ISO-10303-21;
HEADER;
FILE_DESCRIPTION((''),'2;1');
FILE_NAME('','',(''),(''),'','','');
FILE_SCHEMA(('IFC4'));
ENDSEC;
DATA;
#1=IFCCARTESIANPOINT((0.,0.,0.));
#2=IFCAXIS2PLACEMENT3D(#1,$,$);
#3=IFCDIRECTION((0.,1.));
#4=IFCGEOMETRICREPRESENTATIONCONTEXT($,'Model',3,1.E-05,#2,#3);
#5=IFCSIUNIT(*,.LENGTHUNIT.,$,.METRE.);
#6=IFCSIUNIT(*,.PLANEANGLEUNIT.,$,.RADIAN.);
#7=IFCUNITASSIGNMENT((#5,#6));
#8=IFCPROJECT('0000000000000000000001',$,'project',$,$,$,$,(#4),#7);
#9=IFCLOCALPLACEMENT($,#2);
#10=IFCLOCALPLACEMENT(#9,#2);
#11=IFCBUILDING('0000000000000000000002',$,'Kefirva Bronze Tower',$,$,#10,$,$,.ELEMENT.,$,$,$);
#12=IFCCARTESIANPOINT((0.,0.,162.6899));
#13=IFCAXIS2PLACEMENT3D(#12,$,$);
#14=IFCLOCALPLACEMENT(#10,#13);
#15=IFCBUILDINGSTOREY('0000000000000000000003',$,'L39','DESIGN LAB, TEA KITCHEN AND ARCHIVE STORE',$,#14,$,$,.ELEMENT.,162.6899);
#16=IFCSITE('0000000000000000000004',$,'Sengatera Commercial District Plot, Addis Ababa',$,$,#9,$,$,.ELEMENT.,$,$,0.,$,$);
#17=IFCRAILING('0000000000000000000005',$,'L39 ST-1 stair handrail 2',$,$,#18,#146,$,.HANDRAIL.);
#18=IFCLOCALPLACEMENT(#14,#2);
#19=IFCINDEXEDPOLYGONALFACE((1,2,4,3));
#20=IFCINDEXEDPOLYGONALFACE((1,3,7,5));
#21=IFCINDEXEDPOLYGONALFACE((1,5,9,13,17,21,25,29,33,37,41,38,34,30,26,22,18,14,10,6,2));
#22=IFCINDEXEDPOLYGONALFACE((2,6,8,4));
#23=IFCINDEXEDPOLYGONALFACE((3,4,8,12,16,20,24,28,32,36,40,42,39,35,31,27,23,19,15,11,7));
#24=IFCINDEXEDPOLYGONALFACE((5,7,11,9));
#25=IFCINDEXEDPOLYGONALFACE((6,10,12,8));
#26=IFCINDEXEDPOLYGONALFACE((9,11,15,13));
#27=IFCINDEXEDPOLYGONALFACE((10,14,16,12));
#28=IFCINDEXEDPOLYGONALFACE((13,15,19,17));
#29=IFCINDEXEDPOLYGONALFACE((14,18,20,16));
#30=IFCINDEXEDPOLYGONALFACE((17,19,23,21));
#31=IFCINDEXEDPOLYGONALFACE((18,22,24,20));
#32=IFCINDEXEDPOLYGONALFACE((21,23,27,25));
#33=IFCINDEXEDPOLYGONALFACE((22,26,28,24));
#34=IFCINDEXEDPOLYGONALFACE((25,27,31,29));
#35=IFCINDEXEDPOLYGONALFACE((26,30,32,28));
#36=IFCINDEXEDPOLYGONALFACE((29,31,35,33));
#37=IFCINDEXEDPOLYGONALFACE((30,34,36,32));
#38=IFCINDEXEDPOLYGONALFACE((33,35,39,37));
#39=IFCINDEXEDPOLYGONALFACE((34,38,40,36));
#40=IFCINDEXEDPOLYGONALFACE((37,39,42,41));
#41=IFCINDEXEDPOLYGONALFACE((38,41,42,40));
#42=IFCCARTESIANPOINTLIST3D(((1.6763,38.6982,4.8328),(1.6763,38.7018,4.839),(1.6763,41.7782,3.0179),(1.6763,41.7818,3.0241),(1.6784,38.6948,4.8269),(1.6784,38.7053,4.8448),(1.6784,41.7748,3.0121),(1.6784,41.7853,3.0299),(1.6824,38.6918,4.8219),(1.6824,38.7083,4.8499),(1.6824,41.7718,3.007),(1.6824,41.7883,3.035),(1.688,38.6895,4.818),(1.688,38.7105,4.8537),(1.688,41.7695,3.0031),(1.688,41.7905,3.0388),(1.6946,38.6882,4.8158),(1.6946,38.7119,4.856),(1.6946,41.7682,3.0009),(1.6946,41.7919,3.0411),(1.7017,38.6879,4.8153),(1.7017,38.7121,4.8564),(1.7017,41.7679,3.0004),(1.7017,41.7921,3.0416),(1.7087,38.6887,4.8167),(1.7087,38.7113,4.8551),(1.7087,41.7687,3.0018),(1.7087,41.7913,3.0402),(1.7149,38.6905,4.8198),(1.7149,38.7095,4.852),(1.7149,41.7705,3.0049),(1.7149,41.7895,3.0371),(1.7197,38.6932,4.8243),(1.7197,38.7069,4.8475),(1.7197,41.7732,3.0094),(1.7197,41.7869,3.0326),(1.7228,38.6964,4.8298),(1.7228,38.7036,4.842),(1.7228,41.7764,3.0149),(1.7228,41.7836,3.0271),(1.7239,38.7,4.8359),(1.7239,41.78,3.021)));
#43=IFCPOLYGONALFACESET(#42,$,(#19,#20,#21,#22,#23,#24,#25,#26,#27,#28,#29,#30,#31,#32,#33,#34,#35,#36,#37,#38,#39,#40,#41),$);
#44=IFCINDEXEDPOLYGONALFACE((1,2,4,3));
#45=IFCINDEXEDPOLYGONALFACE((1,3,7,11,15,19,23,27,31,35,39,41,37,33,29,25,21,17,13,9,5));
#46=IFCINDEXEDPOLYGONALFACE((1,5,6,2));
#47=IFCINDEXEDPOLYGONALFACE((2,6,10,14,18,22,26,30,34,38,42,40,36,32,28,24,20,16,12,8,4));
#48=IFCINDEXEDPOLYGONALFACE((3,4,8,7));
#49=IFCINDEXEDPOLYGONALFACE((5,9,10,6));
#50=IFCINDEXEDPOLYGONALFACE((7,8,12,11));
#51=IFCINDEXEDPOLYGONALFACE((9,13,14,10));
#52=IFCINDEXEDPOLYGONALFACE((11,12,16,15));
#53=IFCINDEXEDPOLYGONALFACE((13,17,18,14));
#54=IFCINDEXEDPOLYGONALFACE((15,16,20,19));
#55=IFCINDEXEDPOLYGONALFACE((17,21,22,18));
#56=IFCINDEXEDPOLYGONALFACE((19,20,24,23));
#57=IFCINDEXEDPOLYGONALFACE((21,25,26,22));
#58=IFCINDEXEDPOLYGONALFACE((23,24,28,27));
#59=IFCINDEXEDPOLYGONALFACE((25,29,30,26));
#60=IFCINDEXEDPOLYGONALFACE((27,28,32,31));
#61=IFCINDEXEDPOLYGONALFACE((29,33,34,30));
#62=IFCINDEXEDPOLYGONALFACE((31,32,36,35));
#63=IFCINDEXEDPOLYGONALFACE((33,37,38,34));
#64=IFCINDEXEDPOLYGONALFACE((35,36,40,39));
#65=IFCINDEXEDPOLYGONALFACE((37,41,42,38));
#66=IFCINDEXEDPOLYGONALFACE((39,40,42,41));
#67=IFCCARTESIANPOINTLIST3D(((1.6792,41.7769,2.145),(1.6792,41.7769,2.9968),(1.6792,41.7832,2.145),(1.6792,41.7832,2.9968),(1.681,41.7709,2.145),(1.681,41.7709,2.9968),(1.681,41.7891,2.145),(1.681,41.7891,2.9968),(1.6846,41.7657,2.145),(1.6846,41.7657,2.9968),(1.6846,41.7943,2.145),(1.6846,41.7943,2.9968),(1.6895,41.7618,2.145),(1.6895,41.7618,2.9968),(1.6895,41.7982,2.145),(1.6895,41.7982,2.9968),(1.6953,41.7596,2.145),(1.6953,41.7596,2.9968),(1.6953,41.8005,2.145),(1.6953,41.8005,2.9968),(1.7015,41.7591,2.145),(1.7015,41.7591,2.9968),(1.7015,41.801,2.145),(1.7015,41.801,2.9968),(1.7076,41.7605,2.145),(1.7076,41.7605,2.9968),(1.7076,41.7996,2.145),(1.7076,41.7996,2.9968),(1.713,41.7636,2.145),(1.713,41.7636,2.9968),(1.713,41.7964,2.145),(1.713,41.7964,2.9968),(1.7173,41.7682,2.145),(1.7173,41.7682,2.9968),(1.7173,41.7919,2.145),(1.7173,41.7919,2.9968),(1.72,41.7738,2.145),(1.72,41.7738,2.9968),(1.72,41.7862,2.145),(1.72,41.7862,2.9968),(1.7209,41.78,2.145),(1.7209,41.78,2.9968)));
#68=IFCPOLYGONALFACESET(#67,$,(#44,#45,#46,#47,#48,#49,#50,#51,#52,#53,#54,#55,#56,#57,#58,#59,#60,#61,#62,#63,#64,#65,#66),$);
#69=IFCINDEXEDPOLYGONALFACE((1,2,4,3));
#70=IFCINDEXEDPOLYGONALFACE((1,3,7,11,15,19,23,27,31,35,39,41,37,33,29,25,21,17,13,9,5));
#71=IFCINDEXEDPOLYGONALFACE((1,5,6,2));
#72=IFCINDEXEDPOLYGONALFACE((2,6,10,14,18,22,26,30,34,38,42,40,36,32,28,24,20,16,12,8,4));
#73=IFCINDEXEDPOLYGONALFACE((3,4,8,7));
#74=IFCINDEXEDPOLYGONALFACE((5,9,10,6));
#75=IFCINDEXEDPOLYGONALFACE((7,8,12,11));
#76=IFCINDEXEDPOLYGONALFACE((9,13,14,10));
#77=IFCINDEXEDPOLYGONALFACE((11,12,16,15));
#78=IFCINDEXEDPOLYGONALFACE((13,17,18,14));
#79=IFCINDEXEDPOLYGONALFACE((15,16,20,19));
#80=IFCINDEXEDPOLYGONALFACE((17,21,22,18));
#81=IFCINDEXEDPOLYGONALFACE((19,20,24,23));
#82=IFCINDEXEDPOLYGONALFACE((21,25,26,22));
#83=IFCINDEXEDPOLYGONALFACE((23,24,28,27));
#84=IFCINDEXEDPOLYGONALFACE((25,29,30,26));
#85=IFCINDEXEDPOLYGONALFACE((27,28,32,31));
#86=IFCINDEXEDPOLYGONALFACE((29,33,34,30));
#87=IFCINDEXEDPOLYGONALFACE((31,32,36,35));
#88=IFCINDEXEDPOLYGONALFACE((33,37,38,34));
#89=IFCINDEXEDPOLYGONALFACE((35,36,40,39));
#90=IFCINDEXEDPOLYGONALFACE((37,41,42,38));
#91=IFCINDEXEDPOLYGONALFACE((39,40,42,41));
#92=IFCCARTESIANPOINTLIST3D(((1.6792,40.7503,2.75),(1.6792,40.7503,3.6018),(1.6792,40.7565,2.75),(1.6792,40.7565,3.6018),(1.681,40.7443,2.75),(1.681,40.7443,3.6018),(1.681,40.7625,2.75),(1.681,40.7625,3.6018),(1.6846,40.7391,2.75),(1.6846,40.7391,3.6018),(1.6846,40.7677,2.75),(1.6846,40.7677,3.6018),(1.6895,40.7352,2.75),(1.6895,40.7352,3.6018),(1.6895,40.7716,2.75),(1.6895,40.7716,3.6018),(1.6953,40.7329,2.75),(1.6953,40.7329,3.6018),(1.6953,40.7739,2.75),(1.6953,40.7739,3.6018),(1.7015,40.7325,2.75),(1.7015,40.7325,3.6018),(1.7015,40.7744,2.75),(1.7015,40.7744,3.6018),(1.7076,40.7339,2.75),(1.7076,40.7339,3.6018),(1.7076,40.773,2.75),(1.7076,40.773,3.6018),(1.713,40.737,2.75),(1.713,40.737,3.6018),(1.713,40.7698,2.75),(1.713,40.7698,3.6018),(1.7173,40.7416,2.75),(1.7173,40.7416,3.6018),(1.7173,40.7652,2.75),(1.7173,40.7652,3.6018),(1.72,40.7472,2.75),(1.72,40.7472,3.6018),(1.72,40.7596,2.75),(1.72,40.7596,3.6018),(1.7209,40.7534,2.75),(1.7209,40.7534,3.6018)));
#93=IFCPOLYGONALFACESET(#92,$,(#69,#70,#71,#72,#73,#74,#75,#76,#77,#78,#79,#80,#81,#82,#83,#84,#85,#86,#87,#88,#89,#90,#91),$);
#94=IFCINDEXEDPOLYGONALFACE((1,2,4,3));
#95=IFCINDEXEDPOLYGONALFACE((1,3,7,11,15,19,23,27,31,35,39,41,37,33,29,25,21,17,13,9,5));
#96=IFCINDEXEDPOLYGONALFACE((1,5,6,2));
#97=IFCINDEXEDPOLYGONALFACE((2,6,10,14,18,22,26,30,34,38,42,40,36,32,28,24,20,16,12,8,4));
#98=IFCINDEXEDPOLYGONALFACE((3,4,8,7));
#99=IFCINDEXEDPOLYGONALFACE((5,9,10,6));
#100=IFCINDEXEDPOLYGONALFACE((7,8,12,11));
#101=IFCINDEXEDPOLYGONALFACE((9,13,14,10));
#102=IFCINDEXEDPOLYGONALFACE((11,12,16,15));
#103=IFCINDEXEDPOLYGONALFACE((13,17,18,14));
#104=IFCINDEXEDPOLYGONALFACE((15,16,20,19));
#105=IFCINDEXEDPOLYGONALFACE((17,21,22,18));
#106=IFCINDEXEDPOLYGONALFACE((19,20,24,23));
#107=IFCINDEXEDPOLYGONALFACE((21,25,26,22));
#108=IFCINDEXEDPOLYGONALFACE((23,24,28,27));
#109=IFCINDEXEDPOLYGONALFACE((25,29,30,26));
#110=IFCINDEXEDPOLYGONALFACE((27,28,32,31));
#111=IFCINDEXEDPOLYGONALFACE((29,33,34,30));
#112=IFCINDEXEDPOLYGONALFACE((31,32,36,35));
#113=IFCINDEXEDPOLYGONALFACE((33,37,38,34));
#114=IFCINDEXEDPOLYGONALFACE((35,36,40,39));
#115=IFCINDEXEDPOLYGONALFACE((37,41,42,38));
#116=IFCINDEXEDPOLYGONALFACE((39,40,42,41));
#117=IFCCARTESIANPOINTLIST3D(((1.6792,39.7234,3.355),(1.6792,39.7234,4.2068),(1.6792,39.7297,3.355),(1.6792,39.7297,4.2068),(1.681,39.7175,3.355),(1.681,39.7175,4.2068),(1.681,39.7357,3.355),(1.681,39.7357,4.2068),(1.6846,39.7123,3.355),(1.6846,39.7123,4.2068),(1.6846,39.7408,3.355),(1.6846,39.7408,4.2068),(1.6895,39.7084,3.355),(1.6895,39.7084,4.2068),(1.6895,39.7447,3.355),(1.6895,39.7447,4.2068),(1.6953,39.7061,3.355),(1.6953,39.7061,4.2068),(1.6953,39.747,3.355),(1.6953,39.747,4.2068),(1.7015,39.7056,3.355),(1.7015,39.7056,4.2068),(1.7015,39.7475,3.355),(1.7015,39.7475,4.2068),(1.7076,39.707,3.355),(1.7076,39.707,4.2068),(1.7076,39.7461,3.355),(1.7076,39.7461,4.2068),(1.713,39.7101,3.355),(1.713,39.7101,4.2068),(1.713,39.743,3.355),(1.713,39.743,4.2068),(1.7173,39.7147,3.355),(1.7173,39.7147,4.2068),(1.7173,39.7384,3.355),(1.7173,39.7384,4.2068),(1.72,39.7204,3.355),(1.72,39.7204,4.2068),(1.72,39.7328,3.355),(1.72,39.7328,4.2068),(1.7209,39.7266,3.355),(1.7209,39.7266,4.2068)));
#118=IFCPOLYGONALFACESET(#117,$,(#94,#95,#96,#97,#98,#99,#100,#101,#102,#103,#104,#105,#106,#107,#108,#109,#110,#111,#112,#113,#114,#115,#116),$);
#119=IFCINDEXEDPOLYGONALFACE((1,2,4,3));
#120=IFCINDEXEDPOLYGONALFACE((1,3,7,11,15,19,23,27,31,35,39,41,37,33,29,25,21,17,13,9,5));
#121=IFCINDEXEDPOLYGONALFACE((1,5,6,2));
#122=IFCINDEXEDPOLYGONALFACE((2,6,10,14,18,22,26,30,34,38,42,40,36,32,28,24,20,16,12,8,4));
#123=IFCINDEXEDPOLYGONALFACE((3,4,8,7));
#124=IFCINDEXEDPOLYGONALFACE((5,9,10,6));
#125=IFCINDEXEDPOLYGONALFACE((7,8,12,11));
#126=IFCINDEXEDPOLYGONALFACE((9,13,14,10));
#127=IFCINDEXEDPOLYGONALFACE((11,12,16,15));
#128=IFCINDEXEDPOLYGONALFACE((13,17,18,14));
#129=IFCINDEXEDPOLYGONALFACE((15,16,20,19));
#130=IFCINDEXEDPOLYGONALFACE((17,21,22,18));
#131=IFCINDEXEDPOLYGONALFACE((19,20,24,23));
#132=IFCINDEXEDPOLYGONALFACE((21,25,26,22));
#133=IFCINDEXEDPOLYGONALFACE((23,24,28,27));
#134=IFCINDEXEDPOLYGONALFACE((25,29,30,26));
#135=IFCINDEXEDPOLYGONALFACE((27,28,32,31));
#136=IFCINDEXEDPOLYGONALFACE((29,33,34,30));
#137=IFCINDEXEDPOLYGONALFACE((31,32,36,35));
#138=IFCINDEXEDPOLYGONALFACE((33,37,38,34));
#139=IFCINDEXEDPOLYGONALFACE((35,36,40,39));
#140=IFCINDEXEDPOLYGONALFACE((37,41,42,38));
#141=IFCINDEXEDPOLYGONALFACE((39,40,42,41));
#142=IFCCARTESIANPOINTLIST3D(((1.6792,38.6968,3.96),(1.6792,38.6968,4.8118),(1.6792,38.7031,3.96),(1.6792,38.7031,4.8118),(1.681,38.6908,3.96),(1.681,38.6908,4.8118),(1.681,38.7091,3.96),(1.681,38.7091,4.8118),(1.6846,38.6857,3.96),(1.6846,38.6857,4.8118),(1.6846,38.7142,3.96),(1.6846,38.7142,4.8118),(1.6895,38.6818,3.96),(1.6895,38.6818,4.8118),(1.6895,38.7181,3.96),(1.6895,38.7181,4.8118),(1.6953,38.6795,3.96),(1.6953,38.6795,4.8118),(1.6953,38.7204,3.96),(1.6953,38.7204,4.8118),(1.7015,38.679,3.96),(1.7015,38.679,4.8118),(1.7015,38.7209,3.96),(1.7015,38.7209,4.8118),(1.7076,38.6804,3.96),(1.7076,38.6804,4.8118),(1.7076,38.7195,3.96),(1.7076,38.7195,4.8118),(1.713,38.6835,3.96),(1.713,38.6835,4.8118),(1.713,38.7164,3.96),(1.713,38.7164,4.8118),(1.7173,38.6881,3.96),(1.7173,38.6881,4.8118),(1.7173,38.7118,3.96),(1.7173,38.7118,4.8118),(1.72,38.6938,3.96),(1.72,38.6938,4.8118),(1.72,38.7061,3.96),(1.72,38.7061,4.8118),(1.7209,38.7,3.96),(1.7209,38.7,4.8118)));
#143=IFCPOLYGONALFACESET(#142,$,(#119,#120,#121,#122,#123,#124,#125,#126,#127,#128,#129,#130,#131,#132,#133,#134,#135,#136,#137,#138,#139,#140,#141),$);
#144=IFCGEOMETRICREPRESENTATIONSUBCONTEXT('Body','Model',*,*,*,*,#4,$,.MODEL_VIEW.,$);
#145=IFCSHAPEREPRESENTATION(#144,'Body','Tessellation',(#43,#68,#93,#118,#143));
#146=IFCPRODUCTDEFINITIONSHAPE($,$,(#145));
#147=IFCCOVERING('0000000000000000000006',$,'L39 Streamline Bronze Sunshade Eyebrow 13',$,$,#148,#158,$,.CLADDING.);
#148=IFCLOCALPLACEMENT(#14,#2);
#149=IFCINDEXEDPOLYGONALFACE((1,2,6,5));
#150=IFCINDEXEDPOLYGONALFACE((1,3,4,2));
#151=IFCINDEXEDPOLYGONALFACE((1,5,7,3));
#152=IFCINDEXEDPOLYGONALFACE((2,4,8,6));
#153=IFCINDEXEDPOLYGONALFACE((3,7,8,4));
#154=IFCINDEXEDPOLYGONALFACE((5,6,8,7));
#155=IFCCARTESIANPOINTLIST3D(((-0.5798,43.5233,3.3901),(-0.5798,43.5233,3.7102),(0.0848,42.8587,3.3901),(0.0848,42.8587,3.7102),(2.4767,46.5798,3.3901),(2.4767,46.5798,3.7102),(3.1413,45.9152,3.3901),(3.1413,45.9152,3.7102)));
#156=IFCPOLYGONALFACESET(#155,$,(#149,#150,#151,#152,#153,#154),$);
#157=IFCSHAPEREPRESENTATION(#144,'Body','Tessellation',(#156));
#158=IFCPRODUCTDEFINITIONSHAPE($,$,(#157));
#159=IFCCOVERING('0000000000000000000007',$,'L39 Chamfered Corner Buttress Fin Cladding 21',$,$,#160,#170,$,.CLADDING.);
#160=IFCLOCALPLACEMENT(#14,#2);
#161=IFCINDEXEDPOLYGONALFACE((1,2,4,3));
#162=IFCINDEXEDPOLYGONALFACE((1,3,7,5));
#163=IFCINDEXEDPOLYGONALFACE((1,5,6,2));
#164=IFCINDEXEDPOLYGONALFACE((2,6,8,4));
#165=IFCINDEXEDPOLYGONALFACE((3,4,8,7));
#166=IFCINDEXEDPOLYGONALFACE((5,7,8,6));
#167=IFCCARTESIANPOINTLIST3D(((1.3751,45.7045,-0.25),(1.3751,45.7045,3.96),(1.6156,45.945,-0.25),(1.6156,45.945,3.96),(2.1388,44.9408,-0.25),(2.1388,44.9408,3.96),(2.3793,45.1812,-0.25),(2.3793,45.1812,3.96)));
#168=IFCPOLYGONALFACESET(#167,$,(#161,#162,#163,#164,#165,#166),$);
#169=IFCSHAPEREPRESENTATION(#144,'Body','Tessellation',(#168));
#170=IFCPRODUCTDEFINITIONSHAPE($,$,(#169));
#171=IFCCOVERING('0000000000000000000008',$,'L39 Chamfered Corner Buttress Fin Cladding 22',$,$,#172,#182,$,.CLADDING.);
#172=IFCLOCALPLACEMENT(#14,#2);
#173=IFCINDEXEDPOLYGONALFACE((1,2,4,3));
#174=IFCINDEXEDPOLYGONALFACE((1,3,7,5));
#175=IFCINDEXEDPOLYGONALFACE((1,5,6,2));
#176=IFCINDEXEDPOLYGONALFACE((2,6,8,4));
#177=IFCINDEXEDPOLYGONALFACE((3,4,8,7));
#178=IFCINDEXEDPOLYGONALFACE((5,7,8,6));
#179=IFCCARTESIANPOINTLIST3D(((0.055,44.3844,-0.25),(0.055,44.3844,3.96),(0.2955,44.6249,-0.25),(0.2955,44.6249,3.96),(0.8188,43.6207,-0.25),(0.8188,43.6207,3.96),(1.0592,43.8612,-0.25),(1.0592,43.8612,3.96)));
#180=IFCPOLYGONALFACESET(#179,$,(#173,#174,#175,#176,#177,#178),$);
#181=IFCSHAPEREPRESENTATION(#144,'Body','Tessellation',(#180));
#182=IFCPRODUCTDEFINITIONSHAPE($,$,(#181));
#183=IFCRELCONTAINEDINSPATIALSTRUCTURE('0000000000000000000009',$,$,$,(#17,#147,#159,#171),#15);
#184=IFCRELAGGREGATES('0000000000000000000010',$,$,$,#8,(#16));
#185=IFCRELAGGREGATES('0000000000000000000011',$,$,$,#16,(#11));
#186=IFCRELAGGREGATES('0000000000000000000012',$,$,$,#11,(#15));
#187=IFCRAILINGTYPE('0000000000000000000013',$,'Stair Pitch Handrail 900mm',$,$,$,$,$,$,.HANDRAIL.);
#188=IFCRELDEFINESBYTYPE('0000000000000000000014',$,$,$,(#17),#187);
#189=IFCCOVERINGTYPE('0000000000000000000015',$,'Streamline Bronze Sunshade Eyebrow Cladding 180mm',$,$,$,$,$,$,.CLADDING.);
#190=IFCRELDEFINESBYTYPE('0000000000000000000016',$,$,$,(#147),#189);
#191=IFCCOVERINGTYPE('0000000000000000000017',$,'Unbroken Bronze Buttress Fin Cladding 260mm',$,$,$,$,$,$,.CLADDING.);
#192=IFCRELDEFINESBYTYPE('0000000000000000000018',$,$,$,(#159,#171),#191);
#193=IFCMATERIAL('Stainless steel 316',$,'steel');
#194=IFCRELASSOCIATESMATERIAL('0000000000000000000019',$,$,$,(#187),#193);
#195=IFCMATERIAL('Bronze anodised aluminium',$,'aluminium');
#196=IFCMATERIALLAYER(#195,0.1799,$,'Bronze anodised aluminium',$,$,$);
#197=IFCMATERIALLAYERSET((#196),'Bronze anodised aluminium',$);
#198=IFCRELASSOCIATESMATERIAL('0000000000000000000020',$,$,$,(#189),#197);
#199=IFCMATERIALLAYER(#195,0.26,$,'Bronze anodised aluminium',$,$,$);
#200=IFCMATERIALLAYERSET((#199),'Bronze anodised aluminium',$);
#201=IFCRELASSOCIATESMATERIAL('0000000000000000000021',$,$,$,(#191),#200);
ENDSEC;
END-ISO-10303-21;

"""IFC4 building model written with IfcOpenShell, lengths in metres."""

from ifc_helpers import new_model, si_unit, direction, frame, origin, origin_2d, place, context, subcontext, project, spatial, rectangle, circle, extrude, material, layer, layer_set, type_object, element, save


model = new_model("IFC4")

# Units and contexts
model_context = context("Model", 3, precision=1e-05, world=origin(), true_north=direction((0.0, 1.0)))
body_context = subcontext(model_context, "Body", "Model", "MODEL_VIEW")
ifc_project = project(units=[si_unit("LENGTHUNIT", "METRE"), si_unit("PLANEANGLEUNIT", "RADIAN")], contexts=[model_context])

# Site, building, storey
site_placement = place(None, origin())
site = spatial("IfcSite", under=ifc_project, at=site_placement, Name="Sengatera Commercial District Plot, Addis Ababa", CompositionType="ELEMENT", RefElevation=0.0)
building_placement = place(site_placement, origin())
building = spatial("IfcBuilding", under=site, at=building_placement, Name="Kefirva Bronze Tower", CompositionType="ELEMENT")
storey_placement = place(building_placement, frame((0.0, 0.0, 162.6899)))
storey = spatial("IfcBuildingStorey", under=building, at=storey_placement, Name="L39", Description="DESIGN LAB, TEA KITCHEN AND ARCHIVE STORE", CompositionType="ELEMENT", Elevation=162.6899)

# Shared definitions
ifc_material_1 = material(Name="Bronze anodised aluminium", Category="aluminium")

# Railing
ifc_material_2 = material(Name="Stainless steel 316", Category="steel")
railing_type_1 = type_object("IfcRailingType", Name="Stair Pitch Handrail 900mm", PredefinedType="HANDRAIL", material=ifc_material_2)
railing_1_placement = place(storey_placement, frame((1.7, 41.78, 2.145)))
element("IfcRailing", 1, at=railing_1_placement, inside=storey, type_object=railing_type_1, Name="L39 ST-1 stair handrail 2", PredefinedType="HANDRAIL", context=body_context, shape_type="SweptSolid", body=[
    extrude(circle(Radius=0.0239, at=origin_2d()), frame((0.0, 0.0, 0.876), z_axis=(0.0, -0.861551, 0.507671), x_axis=(1.0, 0.0, 0.0)), (0.0, 0.0, 1.0), 3.575),
    extrude(circle(Radius=0.021, at=origin_2d()), origin(), (0.0, 0.0, 1.0), 0.8518),
    extrude(circle(Radius=0.021, at=origin_2d()), frame((0.0, -1.0266, 0.605)), (0.0, 0.0, 1.0), 0.8518),
    extrude(circle(Radius=0.021, at=origin_2d()), frame((0.0, -2.0535, 1.21)), (0.0, 0.0, 1.0), 0.8518),
    extrude(circle(Radius=0.021, at=origin_2d()), frame((0.0, -3.0801, 1.8149)), (0.0, 0.0, 1.0), 0.8518),
])

# Coverings
ifc_layer_1 = layer(ifc_material_1, 0.1799, Name="Bronze anodised aluminium")
ifc_layer_set_1 = layer_set([ifc_layer_1], Name="Bronze anodised aluminium")
covering_type_1 = type_object("IfcCoveringType", Name="Streamline Bronze Sunshade Eyebrow Cladding 180mm", PredefinedType="CLADDING", material=ifc_layer_set_1)
covering_1_placement = place(storey_placement, frame((1.2808, 44.7192, 3.3901), z_axis=(0.0, 0.0, 1.0), x_axis=(-0.707107, -0.707107, 0.0)))
element("IfcCovering", 2, at=covering_1_placement, inside=storey, type_object=covering_type_1, Name="L39 Streamline Bronze Sunshade Eyebrow 13", PredefinedType="CLADDING", context=body_context, shape_type="SweptSolid", body=[
    extrude(rectangle(XDim=4.3225, YDim=0.9399, at=origin_2d()), origin(), (0.0, 0.0, 1.0), 0.3201),
])
ifc_layer_2 = layer(ifc_material_1, 0.26, Name="Bronze anodised aluminium")
ifc_layer_set_2 = layer_set([ifc_layer_2], Name="Bronze anodised aluminium")
covering_type_2 = type_object("IfcCoveringType", Name="Unbroken Bronze Buttress Fin Cladding 260mm", PredefinedType="CLADDING", material=ifc_layer_set_2)
for number, where, z_axis, x_axis, name in (
    (3, (1.8772, 45.4429, -0.25), (0.0, 0.0, 1.0), (-0.707107, -0.707107, 0.0), "L39 Chamfered Corner Buttress Fin Cladding 21"),
    (4, (0.5571, 44.1228, -0.25), (0.0, 0.0, 1.0), (-0.707107, -0.707107, 0.0), "L39 Chamfered Corner Buttress Fin Cladding 22"),
):
    element("IfcCovering", number, at=place(storey_placement, frame(where, z_axis=z_axis, x_axis=x_axis)), inside=storey, type_object=covering_type_2, Name=name, PredefinedType="CLADDING", context=body_context, shape_type="SweptSolid", body=[
        extrude(rectangle(XDim=0.3401, YDim=1.0801, at=origin_2d()), origin(), (0.0, 0.0, 1.0), 4.21),
    ])

save(model, "model.ifc")
